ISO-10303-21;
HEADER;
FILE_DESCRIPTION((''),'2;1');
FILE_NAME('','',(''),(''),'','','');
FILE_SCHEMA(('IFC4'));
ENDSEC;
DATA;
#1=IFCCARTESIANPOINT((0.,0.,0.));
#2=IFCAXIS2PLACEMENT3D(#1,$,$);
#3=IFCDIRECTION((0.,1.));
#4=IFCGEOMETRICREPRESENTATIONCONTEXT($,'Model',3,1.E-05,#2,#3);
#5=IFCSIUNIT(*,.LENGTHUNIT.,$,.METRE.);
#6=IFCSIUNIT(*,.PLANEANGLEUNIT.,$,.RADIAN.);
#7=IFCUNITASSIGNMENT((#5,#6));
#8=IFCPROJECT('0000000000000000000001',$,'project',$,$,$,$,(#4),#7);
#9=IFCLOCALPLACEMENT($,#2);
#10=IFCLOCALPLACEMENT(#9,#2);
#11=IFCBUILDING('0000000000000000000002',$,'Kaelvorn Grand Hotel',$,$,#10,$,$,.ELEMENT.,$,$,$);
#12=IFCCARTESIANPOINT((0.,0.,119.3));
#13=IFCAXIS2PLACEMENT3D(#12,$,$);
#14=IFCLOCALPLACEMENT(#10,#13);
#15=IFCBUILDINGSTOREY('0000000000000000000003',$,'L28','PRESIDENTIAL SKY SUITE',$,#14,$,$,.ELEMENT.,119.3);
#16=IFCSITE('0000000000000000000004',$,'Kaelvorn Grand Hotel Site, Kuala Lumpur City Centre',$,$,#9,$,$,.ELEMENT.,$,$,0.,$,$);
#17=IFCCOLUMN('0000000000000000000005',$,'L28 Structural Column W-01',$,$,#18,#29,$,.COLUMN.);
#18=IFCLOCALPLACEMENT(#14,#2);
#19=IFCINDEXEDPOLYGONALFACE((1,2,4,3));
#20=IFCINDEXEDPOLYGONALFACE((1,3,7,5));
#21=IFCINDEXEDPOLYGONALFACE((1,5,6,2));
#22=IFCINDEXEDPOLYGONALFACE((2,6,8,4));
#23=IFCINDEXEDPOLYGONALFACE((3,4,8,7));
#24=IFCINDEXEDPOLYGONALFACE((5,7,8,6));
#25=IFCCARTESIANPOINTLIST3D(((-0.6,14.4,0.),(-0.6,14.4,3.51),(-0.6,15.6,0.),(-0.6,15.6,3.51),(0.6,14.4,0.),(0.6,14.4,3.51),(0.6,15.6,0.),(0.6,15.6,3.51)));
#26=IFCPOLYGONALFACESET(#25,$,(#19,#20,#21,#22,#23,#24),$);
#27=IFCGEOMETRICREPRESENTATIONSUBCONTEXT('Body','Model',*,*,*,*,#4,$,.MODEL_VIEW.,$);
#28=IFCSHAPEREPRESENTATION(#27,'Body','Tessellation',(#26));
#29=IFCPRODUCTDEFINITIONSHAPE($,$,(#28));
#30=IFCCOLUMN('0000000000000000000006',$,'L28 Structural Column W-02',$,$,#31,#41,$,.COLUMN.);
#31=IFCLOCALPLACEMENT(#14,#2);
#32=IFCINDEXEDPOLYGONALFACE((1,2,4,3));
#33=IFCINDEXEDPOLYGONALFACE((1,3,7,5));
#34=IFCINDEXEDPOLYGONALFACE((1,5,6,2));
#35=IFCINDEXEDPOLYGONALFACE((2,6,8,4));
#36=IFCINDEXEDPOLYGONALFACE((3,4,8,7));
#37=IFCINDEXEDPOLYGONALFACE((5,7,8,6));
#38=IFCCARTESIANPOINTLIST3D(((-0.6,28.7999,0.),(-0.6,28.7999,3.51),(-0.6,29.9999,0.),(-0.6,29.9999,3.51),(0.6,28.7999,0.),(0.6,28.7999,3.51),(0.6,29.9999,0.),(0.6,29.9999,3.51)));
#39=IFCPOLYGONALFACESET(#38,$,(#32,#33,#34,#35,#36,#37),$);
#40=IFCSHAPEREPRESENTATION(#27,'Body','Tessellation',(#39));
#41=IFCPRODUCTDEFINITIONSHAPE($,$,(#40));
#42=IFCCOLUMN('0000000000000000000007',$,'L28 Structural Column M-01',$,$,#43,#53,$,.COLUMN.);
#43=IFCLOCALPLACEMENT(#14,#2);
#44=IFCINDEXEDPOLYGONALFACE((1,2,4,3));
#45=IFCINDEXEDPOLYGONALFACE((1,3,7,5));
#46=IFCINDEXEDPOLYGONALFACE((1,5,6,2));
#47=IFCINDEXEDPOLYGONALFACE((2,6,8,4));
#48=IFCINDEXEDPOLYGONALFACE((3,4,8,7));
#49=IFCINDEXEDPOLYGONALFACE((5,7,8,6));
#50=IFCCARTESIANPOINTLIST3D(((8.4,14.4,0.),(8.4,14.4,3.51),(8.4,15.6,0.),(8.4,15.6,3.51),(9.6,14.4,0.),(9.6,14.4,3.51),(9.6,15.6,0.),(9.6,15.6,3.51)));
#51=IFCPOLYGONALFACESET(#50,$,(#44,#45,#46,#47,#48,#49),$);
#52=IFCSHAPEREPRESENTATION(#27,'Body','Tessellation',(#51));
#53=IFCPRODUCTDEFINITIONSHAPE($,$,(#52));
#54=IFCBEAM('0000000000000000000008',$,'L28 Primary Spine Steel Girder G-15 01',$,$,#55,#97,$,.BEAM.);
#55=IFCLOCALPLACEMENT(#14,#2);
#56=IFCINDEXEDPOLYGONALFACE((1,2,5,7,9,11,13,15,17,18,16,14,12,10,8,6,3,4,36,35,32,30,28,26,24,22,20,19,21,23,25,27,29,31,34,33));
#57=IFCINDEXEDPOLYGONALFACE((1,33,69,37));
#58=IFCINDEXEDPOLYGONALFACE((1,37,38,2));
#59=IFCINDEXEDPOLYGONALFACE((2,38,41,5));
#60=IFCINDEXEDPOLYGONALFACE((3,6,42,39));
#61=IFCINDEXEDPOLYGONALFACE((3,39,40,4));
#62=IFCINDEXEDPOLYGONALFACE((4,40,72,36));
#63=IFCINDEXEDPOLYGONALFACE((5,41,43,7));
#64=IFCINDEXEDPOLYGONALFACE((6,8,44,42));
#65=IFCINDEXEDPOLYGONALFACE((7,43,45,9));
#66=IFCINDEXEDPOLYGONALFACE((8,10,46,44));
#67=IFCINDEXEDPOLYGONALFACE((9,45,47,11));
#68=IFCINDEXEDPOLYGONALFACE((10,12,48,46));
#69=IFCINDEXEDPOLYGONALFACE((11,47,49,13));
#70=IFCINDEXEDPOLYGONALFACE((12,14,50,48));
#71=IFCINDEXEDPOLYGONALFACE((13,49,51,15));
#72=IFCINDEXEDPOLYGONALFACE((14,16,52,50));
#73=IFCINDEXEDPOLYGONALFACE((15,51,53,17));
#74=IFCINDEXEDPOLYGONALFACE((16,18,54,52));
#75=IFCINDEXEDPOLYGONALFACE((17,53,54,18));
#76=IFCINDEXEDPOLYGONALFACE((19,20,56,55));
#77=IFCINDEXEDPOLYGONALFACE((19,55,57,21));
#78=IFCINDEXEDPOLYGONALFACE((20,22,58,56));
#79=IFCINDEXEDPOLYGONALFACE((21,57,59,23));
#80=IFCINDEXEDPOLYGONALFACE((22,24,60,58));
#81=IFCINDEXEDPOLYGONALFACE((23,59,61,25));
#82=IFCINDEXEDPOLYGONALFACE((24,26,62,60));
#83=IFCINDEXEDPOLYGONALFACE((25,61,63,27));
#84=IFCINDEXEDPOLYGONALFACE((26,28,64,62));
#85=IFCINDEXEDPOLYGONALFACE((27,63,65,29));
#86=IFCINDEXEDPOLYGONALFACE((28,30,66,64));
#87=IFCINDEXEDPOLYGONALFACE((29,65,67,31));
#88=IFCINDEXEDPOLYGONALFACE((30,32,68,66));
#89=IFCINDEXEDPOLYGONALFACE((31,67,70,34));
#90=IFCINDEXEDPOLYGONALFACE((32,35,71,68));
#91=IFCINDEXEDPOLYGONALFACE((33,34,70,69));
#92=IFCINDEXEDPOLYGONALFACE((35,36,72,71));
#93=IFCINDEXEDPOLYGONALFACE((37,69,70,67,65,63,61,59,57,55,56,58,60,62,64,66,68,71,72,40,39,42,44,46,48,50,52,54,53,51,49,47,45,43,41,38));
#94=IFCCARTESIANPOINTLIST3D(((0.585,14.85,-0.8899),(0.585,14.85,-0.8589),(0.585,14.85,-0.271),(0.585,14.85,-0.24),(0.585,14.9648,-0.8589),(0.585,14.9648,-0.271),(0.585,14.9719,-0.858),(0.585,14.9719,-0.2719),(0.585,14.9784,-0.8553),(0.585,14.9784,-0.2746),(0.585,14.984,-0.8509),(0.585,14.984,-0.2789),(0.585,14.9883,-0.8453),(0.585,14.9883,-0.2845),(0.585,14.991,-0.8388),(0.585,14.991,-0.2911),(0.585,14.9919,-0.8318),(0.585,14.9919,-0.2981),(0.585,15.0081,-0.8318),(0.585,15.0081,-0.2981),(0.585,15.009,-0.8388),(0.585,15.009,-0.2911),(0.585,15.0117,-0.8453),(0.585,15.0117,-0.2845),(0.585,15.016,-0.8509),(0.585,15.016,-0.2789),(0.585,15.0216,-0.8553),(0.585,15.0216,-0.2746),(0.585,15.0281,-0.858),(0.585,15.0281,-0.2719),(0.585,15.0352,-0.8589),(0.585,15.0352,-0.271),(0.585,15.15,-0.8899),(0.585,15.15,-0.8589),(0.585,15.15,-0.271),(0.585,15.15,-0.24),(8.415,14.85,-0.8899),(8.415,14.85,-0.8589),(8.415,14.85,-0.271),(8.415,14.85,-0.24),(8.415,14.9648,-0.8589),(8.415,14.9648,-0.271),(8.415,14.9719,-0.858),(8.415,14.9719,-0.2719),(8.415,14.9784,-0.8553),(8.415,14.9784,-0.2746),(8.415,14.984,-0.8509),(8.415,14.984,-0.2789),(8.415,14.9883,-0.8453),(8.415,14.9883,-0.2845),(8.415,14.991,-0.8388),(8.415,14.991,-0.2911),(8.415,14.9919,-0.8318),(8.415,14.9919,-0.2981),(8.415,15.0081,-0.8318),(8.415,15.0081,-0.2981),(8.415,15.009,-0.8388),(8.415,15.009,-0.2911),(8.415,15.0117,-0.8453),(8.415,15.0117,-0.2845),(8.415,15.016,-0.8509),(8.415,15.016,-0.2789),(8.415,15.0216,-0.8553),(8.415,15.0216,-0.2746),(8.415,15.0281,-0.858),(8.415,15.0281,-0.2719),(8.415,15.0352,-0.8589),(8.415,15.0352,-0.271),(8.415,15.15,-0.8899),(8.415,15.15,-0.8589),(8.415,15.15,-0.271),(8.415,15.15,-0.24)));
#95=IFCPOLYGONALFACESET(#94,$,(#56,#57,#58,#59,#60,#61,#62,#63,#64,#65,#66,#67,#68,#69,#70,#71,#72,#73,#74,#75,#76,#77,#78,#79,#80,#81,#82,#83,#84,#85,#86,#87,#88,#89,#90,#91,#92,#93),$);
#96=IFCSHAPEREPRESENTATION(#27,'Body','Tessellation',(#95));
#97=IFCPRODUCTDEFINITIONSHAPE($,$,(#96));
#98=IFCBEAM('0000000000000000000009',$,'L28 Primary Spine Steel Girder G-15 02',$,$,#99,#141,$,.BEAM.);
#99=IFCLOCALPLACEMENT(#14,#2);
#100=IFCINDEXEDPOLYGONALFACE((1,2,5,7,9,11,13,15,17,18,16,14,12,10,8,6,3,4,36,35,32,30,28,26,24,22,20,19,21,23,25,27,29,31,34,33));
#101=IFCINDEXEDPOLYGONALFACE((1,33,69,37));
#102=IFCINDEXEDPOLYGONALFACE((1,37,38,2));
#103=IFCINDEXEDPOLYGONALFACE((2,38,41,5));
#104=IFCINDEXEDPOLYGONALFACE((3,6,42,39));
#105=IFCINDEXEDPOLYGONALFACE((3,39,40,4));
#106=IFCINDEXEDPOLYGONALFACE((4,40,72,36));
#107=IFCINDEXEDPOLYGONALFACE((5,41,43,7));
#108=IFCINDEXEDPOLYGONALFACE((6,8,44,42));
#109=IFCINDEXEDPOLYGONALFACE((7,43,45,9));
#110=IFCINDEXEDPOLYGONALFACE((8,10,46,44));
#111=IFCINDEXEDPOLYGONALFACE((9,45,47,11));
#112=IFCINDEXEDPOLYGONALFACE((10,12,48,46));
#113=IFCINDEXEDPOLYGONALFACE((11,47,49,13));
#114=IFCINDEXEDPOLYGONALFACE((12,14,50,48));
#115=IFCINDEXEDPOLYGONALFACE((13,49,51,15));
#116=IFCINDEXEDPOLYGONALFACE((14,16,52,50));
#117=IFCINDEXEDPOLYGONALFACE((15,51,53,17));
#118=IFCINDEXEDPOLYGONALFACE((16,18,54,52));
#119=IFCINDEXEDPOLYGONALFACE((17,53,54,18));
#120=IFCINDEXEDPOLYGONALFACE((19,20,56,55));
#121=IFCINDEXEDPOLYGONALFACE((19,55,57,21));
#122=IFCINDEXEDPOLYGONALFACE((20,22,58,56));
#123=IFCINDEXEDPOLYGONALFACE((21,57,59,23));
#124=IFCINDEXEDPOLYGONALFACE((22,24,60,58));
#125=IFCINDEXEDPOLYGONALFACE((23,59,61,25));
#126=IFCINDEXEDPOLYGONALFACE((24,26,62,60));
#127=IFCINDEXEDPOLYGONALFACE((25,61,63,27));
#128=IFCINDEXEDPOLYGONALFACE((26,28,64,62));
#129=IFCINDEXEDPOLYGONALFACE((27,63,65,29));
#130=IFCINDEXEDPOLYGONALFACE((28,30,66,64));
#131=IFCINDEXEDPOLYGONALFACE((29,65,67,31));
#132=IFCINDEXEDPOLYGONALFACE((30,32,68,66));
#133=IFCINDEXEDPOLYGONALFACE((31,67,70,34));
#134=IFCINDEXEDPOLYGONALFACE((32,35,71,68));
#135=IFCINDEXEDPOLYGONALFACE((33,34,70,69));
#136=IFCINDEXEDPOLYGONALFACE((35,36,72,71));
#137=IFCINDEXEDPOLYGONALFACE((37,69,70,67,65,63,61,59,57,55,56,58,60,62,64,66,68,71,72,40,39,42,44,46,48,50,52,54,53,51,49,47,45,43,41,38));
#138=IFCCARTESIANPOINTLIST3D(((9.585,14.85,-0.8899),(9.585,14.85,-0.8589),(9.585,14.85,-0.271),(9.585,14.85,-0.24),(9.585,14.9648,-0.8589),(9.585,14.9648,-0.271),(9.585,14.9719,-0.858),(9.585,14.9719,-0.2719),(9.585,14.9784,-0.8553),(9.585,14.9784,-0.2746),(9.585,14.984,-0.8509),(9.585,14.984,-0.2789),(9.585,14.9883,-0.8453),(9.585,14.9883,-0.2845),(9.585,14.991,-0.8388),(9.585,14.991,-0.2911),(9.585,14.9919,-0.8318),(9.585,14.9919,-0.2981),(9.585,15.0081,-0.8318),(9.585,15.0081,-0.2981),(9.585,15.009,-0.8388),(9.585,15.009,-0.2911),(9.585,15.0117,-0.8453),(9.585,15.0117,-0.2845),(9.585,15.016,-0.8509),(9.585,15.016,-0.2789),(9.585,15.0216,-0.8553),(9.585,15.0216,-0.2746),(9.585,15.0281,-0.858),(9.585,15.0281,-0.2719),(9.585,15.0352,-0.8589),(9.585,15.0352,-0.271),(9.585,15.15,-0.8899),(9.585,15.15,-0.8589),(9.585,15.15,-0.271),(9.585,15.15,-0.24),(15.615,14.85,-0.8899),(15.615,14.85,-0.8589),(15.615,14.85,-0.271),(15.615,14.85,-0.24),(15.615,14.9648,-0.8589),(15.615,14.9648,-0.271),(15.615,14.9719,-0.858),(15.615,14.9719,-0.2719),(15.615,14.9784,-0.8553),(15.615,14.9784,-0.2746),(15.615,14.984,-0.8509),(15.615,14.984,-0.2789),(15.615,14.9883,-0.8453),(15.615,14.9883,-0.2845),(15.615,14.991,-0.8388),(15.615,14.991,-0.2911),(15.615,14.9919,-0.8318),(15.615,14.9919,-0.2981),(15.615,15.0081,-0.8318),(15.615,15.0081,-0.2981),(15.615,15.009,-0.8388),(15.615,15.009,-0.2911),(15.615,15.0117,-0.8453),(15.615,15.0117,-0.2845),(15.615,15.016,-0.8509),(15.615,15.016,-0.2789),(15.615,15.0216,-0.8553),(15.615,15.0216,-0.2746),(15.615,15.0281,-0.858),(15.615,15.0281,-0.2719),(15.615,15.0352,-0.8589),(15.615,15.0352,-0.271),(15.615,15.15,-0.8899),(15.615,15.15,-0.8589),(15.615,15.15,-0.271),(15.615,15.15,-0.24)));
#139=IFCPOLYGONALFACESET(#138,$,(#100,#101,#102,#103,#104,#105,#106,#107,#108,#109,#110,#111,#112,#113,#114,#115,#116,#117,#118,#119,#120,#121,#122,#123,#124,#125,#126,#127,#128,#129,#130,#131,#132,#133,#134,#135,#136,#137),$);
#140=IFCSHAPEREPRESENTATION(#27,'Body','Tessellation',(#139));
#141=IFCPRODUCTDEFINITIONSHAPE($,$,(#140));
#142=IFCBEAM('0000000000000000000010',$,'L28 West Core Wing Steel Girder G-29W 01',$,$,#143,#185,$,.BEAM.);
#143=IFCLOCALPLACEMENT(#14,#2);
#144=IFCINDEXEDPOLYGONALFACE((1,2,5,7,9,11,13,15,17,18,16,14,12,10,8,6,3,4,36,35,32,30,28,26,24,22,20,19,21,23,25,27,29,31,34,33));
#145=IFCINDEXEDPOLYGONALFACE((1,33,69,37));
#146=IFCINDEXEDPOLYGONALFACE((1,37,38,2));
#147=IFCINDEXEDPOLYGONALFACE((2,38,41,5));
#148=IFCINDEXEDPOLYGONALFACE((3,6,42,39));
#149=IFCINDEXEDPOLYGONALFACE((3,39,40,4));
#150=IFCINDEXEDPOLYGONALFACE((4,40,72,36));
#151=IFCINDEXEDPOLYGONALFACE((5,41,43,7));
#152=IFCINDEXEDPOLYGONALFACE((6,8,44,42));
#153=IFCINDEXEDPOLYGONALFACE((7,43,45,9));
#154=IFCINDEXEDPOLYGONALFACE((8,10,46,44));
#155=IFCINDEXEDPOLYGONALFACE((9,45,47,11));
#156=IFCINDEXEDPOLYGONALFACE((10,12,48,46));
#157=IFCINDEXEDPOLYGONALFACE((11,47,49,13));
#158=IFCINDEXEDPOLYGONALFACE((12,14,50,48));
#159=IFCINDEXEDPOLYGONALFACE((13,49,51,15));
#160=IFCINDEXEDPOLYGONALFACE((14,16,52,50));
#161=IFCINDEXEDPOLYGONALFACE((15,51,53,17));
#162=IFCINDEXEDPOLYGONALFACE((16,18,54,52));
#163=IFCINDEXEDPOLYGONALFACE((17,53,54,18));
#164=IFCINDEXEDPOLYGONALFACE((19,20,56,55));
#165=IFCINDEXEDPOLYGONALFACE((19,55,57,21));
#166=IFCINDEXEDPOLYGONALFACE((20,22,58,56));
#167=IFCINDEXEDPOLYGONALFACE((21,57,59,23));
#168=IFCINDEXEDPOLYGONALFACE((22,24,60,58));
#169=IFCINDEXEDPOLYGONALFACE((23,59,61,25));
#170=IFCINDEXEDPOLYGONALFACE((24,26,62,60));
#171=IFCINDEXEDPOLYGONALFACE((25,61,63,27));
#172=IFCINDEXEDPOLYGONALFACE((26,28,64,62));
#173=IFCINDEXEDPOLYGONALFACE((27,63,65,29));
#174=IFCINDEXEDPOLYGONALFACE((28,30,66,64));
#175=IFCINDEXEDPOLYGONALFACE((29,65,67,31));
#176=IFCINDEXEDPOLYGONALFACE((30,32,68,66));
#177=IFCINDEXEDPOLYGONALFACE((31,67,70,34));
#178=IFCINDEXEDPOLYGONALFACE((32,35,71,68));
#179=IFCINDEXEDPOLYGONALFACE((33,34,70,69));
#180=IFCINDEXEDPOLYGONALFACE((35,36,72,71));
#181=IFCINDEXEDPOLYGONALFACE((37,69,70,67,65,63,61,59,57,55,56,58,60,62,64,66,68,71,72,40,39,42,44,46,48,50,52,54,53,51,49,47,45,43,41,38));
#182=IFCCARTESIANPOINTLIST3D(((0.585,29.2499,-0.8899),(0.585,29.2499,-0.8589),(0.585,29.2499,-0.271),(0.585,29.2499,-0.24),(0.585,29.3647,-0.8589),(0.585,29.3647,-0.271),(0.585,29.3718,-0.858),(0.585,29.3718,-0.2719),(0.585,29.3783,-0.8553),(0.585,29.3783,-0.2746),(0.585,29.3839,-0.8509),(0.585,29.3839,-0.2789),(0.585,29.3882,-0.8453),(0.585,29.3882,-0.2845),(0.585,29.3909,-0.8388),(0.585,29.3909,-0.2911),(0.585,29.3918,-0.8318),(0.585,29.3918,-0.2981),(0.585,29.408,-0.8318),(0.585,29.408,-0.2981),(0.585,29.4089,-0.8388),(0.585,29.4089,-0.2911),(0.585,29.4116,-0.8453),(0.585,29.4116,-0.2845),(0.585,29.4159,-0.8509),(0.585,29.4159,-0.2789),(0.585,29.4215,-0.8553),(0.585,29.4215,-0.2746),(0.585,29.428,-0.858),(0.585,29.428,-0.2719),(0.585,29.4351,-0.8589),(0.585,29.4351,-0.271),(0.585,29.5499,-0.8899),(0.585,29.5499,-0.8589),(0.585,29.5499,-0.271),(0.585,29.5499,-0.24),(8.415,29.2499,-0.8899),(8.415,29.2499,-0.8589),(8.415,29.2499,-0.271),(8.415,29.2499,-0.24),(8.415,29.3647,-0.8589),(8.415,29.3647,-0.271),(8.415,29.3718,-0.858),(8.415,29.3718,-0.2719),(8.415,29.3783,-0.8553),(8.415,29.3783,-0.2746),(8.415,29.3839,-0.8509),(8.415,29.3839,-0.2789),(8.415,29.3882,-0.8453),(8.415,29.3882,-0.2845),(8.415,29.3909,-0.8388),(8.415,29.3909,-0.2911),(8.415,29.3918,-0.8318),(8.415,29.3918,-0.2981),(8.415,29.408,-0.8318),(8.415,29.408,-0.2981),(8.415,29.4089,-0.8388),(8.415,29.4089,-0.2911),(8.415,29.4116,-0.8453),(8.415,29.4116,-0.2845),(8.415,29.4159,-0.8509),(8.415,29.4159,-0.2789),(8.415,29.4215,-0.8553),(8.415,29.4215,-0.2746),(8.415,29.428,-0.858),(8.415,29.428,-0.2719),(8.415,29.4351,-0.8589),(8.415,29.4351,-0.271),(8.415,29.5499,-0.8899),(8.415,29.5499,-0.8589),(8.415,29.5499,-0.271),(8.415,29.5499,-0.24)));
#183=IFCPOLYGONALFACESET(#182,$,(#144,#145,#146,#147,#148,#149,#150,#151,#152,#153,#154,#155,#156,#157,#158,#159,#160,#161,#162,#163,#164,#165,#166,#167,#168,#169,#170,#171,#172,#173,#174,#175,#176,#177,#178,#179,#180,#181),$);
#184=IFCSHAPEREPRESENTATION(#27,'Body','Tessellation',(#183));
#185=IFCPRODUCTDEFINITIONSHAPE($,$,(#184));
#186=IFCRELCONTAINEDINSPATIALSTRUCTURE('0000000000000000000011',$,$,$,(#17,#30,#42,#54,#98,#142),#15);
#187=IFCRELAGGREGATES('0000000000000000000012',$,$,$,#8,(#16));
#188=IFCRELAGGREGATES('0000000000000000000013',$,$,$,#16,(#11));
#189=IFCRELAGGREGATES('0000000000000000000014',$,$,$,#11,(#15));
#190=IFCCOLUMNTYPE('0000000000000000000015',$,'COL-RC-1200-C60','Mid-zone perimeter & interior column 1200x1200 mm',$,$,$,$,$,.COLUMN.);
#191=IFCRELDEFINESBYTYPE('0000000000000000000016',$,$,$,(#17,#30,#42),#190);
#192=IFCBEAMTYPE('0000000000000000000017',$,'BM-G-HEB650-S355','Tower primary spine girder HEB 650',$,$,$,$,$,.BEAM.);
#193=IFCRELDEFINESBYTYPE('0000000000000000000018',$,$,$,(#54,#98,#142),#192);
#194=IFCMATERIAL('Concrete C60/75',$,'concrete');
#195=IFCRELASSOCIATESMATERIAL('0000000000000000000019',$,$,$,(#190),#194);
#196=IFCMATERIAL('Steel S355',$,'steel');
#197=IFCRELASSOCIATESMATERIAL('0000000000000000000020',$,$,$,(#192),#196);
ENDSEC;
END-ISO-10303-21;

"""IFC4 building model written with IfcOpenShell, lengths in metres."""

from ifc_helpers import new_model, si_unit, direction, frame, origin, origin_2d, place, context, subcontext, project, spatial, rectangle, i_section, extrude, material, material_profile, profile_set, type_object, element, save


model = new_model("IFC4")

# Units and contexts
model_context = context("Model", 3, precision=1e-05, world=origin(), true_north=direction((0.0, 1.0)))
body_context = subcontext(model_context, "Body", "Model", "MODEL_VIEW")
ifc_project = project(units=[si_unit("LENGTHUNIT", "METRE"), si_unit("PLANEANGLEUNIT", "RADIAN")], contexts=[model_context])

# Site, building, storey
site_placement = place(None, origin())
site = spatial("IfcSite", under=ifc_project, at=site_placement, Name="Kaelvorn Grand Hotel Site, Kuala Lumpur City Centre", CompositionType="ELEMENT", RefElevation=0.0)
building_placement = place(site_placement, origin())
building = spatial("IfcBuilding", under=site, at=building_placement, Name="Kaelvorn Grand Hotel", CompositionType="ELEMENT")
storey_placement = place(building_placement, frame((0.0, 0.0, 119.3)))
storey = spatial("IfcBuildingStorey", under=building, at=storey_placement, Name="L28", Description="PRESIDENTIAL SKY SUITE", CompositionType="ELEMENT", Elevation=119.3)

# Columns
ifc_material_1 = material(Name="Concrete C60/75", Category="concrete")
ifc_material_profile_1 = material_profile(ifc_material_1, rectangle(XDim=1.2, YDim=1.2, at=origin_2d()), Name="RC COL 1200x1200")
ifc_profile_set_1 = profile_set([ifc_material_profile_1], Name="Concrete C60/75")
column_type = type_object("IfcColumnType", Name="COL-RC-1200-C60", Description="Mid-zone perimeter & interior column 1200x1200 mm", PredefinedType="COLUMN", material=ifc_profile_set_1)
for number, where, z_axis, x_axis, name in (
    (1, (0.0, 15.0, 0.0), (0.0, 0.0, 1.0), (1.0, 0.0, 0.0), "L28 Structural Column W-01"),
    (2, (0.0, 29.3999, 0.0), (0.0, 0.0, 1.0), (1.0, 0.0, 0.0), "L28 Structural Column W-02"),
    (3, (9.0, 15.0, 0.0), (0.0, 0.0, 1.0), (1.0, 0.0, 0.0), "L28 Structural Column M-01"),
):
    element("IfcColumn", number, at=place(storey_placement, frame(where, z_axis=z_axis, x_axis=x_axis)), inside=storey, type_object=column_type, Name=name, PredefinedType="COLUMN", context=body_context, shape_type="SweptSolid", body=[
        extrude(rectangle(XDim=1.2, YDim=1.2, at=origin_2d()), origin(), (0.0, 0.0, 1.0), 3.51),
    ])

# Beams
ifc_material_2 = material(Name="Steel S355", Category="steel")
ifc_material_profile_2 = material_profile(ifc_material_2, i_section(OverallWidth=0.3, OverallDepth=0.6499, WebThickness=0.0161, FlangeThickness=0.031, FilletRadius=0.0271, at=origin_2d()), Name="HEB 650")
ifc_profile_set_2 = profile_set([ifc_material_profile_2], Name="Steel S355")
beam_type_1 = type_object("IfcBeamType", Name="BM-G-HEB650-S355", Description="Tower primary spine girder HEB 650", PredefinedType="BEAM", material=ifc_profile_set_2)
beam_1_placement = place(storey_placement, frame((0.585, 15.0, -0.5649), z_axis=(1.0, 0.0, 0.0), x_axis=(0.0, 1.0, 0.0)))
element("IfcBeam", 4, at=beam_1_placement, inside=storey, type_object=beam_type_1, Name="L28 Primary Spine Steel Girder G-15 01", PredefinedType="BEAM", context=body_context, shape_type="SweptSolid", body=[
    extrude(i_section(OverallWidth=0.3, OverallDepth=0.6499, WebThickness=0.0161, FlangeThickness=0.031, FilletRadius=0.0271, at=origin_2d()), origin(), (0.0, 0.0, 1.0), 7.8301),
])
beam_2_placement = place(storey_placement, frame((9.585, 15.0, -0.5649), z_axis=(1.0, 0.0, 0.0), x_axis=(0.0, 1.0, 0.0)))
element("IfcBeam", 5, at=beam_2_placement, inside=storey, type_object=beam_type_1, Name="L28 Primary Spine Steel Girder G-15 02", PredefinedType="BEAM", context=body_context, shape_type="SweptSolid", body=[
    extrude(i_section(OverallWidth=0.3, OverallDepth=0.6499, WebThickness=0.0161, FlangeThickness=0.031, FilletRadius=0.0271, at=origin_2d()), origin(), (0.0, 0.0, 1.0), 6.03),
])
beam_3_placement = place(storey_placement, frame((0.585, 29.3999, -0.5649), z_axis=(1.0, 0.0, 0.0), x_axis=(0.0, 1.0, 0.0)))
element("IfcBeam", 6, at=beam_3_placement, inside=storey, type_object=beam_type_1, Name="L28 West Core Wing Steel Girder G-29W 01", PredefinedType="BEAM", context=body_context, shape_type="SweptSolid", body=[
    extrude(i_section(OverallWidth=0.3, OverallDepth=0.6499, WebThickness=0.0161, FlangeThickness=0.031, FilletRadius=0.0271, at=origin_2d()), origin(), (0.0, 0.0, 1.0), 7.8301),
])

save(model, "model.ifc")
